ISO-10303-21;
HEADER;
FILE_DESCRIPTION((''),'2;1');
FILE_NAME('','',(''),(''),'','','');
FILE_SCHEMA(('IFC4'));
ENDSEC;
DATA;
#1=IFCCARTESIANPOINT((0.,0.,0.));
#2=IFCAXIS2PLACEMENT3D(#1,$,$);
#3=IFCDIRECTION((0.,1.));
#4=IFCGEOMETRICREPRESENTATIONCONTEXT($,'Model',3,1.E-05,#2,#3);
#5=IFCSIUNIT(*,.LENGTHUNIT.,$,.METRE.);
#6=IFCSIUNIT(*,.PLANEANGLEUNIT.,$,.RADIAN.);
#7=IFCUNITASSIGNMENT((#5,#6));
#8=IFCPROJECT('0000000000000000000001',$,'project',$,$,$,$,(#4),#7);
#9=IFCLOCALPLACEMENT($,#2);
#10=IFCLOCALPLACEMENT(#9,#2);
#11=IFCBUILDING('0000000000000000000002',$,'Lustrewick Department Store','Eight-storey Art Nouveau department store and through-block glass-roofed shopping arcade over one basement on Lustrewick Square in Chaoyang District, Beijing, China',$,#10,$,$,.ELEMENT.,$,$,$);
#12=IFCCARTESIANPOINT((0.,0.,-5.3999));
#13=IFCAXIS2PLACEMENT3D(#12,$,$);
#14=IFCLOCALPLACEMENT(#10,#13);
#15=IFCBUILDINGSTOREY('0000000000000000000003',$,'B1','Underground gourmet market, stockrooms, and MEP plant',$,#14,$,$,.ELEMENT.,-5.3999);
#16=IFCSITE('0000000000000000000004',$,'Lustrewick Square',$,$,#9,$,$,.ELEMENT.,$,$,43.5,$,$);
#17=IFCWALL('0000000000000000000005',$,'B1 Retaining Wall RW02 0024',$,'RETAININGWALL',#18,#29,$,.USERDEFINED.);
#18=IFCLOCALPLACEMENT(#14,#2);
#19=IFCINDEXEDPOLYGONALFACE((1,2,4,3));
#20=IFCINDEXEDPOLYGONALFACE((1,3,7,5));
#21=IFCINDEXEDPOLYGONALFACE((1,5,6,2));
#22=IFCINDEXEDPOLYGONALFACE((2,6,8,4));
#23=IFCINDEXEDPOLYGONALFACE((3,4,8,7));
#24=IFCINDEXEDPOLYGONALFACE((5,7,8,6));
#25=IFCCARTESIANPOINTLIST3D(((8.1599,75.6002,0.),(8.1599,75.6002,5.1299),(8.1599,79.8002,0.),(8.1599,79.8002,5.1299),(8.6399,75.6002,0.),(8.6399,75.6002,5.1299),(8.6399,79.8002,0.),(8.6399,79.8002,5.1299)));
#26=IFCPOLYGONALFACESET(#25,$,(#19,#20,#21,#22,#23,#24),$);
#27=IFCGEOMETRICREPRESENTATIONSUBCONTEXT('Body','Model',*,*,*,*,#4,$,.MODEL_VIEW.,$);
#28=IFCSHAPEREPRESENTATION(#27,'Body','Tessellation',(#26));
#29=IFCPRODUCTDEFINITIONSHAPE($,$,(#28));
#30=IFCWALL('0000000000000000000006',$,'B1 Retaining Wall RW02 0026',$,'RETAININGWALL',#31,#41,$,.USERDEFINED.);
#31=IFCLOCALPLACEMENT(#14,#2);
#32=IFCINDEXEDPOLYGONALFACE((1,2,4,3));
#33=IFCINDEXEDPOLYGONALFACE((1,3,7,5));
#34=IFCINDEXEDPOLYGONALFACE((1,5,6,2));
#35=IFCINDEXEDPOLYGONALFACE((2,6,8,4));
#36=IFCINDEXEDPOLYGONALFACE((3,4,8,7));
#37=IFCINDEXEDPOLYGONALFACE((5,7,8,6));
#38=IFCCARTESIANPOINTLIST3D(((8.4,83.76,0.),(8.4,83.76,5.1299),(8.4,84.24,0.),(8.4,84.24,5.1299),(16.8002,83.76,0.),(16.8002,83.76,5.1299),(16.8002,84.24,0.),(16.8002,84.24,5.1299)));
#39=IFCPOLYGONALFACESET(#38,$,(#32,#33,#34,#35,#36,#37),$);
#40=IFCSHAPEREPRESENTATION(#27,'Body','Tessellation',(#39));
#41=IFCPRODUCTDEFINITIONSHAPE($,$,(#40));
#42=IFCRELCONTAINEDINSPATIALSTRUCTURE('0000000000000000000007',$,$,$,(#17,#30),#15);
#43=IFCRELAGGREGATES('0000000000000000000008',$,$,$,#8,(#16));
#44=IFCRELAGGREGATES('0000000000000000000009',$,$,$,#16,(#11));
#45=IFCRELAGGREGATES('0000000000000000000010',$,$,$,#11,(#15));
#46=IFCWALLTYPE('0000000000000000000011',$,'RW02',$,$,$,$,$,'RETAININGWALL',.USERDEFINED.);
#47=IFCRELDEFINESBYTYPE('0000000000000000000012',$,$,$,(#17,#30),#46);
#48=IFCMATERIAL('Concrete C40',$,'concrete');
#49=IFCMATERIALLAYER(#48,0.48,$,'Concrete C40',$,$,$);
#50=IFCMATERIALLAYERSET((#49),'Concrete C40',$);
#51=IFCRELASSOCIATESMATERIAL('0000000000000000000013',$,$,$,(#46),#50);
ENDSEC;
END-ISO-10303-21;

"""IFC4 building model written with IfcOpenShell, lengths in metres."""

from ifc_helpers import new_model, si_unit, direction, frame, frame_2d, origin, place, context, subcontext, project, spatial, rectangle, extrude, material, layer, layer_set, type_object, element, save


model = new_model("IFC4")

# Units and contexts
model_context = context("Model", 3, precision=1e-05, world=origin(), true_north=direction((0.0, 1.0)))
body_context = subcontext(model_context, "Body", "Model", "MODEL_VIEW")
ifc_project = project(units=[si_unit("LENGTHUNIT", "METRE"), si_unit("PLANEANGLEUNIT", "RADIAN")], contexts=[model_context])

# Site, building, storey
site_placement = place(None, origin())
site = spatial("IfcSite", under=ifc_project, at=site_placement, Name="Lustrewick Square", CompositionType="ELEMENT", RefElevation=43.5)
building_placement = place(site_placement, origin())
building = spatial("IfcBuilding", under=site, at=building_placement, Name="Lustrewick Department Store", Description="Eight-storey Art Nouveau department store and through-block glass-roofed shopping arcade over one basement on Lustrewick Square in Chaoyang District, Beijing, China", CompositionType="ELEMENT")
storey_placement = place(building_placement, frame((0.0, 0.0, -5.3999)))
storey = spatial("IfcBuildingStorey", under=building, at=storey_placement, Name="B1", Description="Underground gourmet market, stockrooms, and MEP plant", CompositionType="ELEMENT", Elevation=-5.3999)

# Shared definitions
ifc_material_1 = material(Name="Concrete C40", Category="concrete")

# Walls
ifc_layer_1 = layer(ifc_material_1, 0.48, Name="Concrete C40")
ifc_layer_set_1 = layer_set([ifc_layer_1], Name="Concrete C40")
wall_type_1 = type_object("IfcWallType", Name="RW02", ElementType="RETAININGWALL", PredefinedType="USERDEFINED", material=ifc_layer_set_1)
wall_1_placement = place(storey_placement, frame((8.3999, 75.6001, 0.0), z_axis=(0.0, 0.0, 1.0), x_axis=(0.0, 1.0, 0.0)))
element("IfcWall", 1, at=wall_1_placement, inside=storey, type_object=wall_type_1, Name="B1 Retaining Wall RW02 0024", ObjectType="RETAININGWALL", PredefinedType="USERDEFINED", context=body_context, shape_type="SweptSolid", body=[
    extrude(rectangle(XDim=4.2, YDim=0.48, at=frame_2d((2.1001, 0.0))), origin(), (0.0, 0.0, 1.0), 5.1299),
])
wall_2_placement = place(storey_placement, frame((8.3999, 84.0, 0.0), z_axis=(0.0, 0.0, 1.0), x_axis=(1.0, 0.0, 0.0)))
element("IfcWall", 2, at=wall_2_placement, inside=storey, type_object=wall_type_1, Name="B1 Retaining Wall RW02 0026", ObjectType="RETAININGWALL", PredefinedType="USERDEFINED", context=body_context, shape_type="SweptSolid", body=[
    extrude(rectangle(XDim=8.4001, YDim=0.48, at=frame_2d((4.2002, 0.0))), origin(), (0.0, 0.0, 1.0), 5.1299),
])

save(model, "model.ifc")
